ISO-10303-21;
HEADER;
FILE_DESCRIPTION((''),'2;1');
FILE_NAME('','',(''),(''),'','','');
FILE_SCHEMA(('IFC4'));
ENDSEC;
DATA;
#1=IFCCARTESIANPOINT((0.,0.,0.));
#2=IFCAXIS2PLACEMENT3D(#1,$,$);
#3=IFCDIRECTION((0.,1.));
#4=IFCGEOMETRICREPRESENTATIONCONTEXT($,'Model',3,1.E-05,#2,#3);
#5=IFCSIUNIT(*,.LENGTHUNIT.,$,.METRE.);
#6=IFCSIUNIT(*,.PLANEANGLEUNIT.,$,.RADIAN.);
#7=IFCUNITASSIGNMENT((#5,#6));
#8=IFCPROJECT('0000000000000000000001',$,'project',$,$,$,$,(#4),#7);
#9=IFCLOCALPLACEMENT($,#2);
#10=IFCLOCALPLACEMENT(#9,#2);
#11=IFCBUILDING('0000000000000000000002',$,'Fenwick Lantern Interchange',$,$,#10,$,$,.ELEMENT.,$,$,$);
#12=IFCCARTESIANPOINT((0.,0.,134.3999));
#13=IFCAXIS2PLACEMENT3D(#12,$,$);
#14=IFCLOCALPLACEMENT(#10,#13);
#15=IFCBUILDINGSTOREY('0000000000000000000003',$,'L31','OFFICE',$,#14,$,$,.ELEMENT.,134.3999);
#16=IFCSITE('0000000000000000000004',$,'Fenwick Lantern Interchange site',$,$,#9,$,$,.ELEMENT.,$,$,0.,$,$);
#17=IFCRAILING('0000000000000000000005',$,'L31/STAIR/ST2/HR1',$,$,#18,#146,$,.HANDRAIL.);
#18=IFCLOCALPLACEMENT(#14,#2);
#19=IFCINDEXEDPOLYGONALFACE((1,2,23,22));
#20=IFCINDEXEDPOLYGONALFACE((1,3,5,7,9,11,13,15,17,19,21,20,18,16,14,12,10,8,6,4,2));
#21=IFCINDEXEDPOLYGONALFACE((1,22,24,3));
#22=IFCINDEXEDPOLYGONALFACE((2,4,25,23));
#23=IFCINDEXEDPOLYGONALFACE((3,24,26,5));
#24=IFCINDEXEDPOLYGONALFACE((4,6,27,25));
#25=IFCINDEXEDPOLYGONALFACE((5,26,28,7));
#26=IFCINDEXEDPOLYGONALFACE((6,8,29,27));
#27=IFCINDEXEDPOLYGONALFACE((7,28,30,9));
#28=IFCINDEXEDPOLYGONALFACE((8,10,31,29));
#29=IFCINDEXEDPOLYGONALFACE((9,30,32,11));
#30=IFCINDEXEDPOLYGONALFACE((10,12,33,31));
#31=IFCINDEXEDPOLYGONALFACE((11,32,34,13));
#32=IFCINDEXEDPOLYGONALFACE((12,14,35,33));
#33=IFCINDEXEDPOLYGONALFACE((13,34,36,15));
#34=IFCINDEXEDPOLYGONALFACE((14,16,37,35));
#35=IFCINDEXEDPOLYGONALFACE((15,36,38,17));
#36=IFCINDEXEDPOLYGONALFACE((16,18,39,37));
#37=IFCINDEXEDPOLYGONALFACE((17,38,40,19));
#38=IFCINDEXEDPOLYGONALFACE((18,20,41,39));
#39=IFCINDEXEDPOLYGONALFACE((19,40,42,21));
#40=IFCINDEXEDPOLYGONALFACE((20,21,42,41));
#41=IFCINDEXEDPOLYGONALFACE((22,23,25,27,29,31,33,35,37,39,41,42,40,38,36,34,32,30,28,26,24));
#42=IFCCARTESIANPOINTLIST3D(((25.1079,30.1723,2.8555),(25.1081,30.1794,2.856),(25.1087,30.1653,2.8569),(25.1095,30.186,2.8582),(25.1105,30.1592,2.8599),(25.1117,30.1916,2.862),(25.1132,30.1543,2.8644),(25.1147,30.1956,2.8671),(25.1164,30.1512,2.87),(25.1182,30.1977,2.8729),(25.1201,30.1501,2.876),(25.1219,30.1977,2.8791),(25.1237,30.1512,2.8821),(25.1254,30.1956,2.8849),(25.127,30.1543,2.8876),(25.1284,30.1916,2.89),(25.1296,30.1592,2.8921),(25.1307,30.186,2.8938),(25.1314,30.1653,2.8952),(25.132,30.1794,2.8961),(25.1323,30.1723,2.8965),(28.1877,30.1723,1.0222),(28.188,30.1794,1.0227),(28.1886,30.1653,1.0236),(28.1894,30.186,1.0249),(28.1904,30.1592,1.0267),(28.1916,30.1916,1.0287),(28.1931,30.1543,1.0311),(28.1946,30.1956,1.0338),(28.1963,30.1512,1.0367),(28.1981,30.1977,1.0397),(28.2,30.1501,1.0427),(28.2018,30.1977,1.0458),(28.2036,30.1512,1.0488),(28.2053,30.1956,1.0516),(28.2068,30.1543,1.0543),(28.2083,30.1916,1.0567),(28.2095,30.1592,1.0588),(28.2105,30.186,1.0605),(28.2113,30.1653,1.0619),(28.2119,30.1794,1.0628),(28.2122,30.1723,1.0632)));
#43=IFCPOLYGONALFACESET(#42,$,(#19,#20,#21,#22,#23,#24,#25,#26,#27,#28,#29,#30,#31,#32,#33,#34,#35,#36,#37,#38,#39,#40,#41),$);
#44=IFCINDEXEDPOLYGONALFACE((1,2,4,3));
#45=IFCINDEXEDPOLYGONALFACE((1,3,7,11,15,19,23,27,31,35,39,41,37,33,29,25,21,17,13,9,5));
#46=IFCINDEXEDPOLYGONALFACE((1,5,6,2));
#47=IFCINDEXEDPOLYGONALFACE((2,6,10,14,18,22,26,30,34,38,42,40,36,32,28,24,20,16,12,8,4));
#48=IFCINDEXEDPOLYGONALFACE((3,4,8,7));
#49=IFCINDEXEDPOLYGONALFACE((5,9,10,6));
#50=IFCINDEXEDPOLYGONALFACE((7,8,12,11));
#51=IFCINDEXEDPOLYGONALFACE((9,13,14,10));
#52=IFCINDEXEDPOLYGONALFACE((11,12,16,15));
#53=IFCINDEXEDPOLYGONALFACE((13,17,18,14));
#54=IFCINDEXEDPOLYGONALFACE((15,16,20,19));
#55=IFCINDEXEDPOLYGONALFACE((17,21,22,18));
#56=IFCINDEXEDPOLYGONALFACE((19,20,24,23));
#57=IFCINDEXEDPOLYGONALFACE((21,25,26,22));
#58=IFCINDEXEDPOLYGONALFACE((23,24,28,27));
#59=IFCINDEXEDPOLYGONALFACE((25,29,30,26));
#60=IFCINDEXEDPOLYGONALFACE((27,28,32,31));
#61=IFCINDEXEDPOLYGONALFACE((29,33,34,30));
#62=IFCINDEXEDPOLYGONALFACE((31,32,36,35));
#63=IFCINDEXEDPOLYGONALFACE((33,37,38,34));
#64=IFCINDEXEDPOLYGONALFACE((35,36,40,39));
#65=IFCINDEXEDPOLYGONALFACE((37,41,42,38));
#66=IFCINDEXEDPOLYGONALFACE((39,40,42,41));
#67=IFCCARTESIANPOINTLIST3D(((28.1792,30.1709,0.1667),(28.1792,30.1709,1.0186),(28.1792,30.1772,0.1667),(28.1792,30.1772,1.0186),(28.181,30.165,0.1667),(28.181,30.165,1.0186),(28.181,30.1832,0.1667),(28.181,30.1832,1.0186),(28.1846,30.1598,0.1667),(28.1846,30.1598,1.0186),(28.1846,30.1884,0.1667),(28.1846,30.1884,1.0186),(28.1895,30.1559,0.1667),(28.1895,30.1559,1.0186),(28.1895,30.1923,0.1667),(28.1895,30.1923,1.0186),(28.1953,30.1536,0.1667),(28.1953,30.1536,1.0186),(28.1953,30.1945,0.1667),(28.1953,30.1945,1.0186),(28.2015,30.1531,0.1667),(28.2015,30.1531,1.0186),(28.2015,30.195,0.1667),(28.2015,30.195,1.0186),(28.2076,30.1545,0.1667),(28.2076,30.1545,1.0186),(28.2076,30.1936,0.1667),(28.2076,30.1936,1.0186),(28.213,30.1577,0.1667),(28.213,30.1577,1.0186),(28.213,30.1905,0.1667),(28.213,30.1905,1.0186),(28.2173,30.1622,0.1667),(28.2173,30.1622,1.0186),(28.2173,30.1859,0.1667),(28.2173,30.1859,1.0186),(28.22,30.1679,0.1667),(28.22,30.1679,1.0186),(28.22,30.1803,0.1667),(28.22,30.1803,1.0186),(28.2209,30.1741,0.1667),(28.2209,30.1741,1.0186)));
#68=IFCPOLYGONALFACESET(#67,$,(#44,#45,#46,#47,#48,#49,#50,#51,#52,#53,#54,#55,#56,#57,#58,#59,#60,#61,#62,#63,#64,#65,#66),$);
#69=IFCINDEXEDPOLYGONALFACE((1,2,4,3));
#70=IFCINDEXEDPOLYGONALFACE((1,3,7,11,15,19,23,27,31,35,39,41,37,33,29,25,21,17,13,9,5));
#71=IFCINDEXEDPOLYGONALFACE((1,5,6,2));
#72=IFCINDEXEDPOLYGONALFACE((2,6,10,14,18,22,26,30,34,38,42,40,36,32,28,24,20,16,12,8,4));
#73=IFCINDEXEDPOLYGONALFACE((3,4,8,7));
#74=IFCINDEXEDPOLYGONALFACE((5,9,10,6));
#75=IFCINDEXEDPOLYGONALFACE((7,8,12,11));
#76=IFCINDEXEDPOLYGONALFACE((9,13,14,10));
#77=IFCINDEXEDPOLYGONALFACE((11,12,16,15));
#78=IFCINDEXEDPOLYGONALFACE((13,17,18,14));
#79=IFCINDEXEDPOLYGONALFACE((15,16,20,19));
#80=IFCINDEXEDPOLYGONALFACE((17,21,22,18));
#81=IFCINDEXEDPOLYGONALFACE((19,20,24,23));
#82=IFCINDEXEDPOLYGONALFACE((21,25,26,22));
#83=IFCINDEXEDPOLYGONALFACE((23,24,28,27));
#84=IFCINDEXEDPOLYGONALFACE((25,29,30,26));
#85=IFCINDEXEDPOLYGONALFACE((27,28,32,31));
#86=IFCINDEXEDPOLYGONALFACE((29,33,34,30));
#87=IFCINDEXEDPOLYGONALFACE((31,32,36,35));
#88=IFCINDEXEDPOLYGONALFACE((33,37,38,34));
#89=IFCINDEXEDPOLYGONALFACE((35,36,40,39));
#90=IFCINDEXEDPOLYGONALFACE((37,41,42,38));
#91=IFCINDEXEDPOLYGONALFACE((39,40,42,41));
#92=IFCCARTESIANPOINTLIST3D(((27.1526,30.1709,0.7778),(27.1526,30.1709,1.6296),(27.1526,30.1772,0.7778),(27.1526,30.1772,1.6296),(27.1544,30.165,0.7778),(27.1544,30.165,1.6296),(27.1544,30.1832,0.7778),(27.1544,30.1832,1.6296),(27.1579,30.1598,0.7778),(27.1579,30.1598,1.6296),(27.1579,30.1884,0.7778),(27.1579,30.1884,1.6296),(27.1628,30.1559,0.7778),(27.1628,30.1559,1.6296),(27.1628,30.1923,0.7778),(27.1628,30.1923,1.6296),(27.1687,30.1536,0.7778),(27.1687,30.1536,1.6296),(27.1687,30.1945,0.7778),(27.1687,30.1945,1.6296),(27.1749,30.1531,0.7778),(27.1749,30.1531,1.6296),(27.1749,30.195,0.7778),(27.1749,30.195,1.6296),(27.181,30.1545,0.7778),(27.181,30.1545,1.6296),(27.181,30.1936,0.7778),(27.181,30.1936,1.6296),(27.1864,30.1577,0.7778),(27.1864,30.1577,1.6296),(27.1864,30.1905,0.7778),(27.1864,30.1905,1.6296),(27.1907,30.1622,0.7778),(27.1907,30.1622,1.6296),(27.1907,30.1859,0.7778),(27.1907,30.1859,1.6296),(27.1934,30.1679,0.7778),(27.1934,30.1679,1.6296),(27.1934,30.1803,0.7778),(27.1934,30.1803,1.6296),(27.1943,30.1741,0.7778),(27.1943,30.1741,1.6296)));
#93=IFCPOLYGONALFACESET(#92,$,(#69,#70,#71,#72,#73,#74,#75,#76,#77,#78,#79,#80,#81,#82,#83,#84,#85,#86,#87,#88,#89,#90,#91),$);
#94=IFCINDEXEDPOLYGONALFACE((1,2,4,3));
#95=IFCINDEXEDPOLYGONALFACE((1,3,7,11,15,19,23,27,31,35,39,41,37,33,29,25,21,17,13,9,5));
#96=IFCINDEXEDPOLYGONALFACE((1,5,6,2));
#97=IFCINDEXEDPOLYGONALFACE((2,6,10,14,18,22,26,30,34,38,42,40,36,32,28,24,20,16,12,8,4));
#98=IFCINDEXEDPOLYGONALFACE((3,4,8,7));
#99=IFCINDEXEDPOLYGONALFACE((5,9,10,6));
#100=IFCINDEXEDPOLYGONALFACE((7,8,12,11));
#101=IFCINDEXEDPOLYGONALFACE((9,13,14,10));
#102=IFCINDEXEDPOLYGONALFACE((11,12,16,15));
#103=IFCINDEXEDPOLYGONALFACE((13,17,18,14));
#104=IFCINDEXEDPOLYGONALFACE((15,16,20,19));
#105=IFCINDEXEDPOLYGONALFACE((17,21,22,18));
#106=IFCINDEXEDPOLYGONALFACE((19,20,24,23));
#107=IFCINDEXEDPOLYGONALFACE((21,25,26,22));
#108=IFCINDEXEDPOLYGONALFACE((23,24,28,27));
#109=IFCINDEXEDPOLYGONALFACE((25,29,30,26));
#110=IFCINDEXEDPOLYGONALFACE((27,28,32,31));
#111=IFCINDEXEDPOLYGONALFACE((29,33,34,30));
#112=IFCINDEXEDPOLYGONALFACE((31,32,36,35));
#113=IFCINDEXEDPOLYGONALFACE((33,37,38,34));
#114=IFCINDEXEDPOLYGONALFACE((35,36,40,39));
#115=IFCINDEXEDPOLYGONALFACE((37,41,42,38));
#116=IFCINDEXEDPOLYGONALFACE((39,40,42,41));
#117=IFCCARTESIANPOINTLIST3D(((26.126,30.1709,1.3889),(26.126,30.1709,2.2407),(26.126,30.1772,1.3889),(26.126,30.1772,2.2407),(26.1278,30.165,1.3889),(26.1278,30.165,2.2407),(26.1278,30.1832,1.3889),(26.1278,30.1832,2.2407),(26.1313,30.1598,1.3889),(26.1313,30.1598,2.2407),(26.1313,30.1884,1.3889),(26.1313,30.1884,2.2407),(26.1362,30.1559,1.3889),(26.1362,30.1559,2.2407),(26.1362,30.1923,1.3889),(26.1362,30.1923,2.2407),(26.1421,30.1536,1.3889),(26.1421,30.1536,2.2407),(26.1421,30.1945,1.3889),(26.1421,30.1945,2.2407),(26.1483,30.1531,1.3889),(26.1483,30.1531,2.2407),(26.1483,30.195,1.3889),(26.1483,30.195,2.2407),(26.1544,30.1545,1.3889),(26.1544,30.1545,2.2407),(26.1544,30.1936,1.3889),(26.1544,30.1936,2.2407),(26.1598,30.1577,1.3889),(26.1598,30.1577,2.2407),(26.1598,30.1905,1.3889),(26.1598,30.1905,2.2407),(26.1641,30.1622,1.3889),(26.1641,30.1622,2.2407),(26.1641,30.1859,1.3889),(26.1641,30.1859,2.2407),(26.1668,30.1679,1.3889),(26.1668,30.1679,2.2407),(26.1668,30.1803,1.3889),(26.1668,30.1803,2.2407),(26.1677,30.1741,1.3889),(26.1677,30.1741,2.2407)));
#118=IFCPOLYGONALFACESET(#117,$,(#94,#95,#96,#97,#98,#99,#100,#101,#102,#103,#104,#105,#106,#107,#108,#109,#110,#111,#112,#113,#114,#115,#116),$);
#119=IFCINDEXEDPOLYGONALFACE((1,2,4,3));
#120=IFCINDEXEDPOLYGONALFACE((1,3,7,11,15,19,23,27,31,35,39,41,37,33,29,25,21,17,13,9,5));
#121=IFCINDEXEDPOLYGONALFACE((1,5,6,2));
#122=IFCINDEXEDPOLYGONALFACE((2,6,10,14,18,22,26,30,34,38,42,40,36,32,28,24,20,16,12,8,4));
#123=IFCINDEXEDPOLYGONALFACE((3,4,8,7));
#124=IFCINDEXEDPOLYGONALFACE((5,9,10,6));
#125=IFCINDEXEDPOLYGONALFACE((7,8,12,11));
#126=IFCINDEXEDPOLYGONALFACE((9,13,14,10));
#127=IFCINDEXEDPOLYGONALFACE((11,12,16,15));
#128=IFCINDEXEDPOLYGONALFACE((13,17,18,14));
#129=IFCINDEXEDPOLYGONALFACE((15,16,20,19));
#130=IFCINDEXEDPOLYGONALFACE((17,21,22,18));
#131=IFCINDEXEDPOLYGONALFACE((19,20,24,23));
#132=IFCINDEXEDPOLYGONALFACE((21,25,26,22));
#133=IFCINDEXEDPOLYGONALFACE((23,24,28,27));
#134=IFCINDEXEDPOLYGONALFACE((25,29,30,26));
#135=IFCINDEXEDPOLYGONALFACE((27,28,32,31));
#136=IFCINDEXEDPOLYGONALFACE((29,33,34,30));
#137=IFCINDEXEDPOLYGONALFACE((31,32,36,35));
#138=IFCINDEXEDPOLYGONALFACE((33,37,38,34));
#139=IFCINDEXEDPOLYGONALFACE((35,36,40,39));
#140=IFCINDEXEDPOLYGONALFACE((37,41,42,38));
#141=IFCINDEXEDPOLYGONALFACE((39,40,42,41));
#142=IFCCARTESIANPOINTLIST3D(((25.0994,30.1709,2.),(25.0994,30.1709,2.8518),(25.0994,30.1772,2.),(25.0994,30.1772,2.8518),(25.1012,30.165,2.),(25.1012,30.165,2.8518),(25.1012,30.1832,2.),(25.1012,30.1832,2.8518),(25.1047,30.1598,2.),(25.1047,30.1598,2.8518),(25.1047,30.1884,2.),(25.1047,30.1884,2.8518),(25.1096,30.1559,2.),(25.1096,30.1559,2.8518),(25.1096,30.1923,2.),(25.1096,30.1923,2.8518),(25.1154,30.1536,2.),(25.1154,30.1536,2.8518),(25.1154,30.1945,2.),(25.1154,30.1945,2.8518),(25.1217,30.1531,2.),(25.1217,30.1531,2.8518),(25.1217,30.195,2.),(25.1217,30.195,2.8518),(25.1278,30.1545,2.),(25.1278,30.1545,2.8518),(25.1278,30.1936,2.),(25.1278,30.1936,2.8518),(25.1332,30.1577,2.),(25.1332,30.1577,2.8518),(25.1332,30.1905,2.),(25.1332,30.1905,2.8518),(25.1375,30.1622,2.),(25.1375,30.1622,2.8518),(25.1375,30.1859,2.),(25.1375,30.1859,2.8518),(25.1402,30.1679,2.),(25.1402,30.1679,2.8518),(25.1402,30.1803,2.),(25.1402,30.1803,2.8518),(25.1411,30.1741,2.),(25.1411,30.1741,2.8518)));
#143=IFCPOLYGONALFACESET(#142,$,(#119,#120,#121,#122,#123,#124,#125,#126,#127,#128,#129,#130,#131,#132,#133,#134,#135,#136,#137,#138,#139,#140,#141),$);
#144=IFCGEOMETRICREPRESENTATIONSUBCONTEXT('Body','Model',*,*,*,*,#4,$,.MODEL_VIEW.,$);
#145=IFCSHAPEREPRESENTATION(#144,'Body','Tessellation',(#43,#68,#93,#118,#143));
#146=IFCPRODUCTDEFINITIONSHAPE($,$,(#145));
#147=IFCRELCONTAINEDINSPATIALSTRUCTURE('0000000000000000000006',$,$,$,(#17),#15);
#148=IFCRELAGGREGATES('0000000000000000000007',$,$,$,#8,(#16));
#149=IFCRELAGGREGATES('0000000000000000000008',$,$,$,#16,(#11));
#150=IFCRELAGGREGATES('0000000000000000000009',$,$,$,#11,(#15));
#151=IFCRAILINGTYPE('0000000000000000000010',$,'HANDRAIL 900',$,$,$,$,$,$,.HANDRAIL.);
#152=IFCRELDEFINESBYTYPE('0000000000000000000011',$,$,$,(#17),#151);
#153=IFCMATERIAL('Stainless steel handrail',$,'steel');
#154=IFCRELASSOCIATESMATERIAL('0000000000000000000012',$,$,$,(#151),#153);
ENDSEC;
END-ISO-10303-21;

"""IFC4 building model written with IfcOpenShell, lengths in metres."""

from ifc_helpers import new_model, si_unit, direction, frame, origin, origin_2d, place, context, subcontext, project, spatial, circle, extrude, material, type_object, element, save


model = new_model("IFC4")

# Units and contexts
model_context = context("Model", 3, precision=1e-05, world=origin(), true_north=direction((0.0, 1.0)))
body_context = subcontext(model_context, "Body", "Model", "MODEL_VIEW")
ifc_project = project(units=[si_unit("LENGTHUNIT", "METRE"), si_unit("PLANEANGLEUNIT", "RADIAN")], contexts=[model_context])

# Site, building, storey
site_placement = place(None, origin())
site = spatial("IfcSite", under=ifc_project, at=site_placement, Name="Fenwick Lantern Interchange site", CompositionType="ELEMENT", RefElevation=0.0)
building_placement = place(site_placement, origin())
building = spatial("IfcBuilding", under=site, at=building_placement, Name="Fenwick Lantern Interchange", CompositionType="ELEMENT")
storey_placement = place(building_placement, frame((0.0, 0.0, 134.3999)))
storey = spatial("IfcBuildingStorey", under=building, at=storey_placement, Name="L31", Description="OFFICE", CompositionType="ELEMENT", Elevation=134.3999)

# Railing
ifc_material_1 = material(Name="Stainless steel handrail", Category="steel")
railing_type = type_object("IfcRailingType", Name="HANDRAIL 900", PredefinedType="HANDRAIL", material=ifc_material_1)
railing_1_placement = place(storey_placement, frame((28.2, 30.1741, 0.1667)))
element("IfcRailing", 1, at=railing_1_placement, inside=storey, type_object=railing_type, Name="L31/STAIR/ST2/HR1", PredefinedType="HANDRAIL", context=body_context, shape_type="SweptSolid", body=[
    extrude(circle(Radius=0.0239, at=origin_2d()), frame((0.0, 0.0, 0.876), z_axis=(-0.859291, 0.0, 0.511487), x_axis=(0.0, -1.0, 0.0)), (0.0, 0.0, 1.0), 3.5842),
    extrude(circle(Radius=0.021, at=origin_2d()), origin(), (0.0, 0.0, 1.0), 0.8518),
    extrude(circle(Radius=0.021, at=origin_2d()), frame((-1.0266, 0.0, 0.6111)), (0.0, 0.0, 1.0), 0.8518),
    extrude(circle(Radius=0.021, at=origin_2d()), frame((-2.0532, 0.0, 1.2222)), (0.0, 0.0, 1.0), 0.8518),
    extrude(circle(Radius=0.021, at=origin_2d()), frame((-3.0798, 0.0, 1.8333)), (0.0, 0.0, 1.0), 0.8518),
])

save(model, "model.ifc")
